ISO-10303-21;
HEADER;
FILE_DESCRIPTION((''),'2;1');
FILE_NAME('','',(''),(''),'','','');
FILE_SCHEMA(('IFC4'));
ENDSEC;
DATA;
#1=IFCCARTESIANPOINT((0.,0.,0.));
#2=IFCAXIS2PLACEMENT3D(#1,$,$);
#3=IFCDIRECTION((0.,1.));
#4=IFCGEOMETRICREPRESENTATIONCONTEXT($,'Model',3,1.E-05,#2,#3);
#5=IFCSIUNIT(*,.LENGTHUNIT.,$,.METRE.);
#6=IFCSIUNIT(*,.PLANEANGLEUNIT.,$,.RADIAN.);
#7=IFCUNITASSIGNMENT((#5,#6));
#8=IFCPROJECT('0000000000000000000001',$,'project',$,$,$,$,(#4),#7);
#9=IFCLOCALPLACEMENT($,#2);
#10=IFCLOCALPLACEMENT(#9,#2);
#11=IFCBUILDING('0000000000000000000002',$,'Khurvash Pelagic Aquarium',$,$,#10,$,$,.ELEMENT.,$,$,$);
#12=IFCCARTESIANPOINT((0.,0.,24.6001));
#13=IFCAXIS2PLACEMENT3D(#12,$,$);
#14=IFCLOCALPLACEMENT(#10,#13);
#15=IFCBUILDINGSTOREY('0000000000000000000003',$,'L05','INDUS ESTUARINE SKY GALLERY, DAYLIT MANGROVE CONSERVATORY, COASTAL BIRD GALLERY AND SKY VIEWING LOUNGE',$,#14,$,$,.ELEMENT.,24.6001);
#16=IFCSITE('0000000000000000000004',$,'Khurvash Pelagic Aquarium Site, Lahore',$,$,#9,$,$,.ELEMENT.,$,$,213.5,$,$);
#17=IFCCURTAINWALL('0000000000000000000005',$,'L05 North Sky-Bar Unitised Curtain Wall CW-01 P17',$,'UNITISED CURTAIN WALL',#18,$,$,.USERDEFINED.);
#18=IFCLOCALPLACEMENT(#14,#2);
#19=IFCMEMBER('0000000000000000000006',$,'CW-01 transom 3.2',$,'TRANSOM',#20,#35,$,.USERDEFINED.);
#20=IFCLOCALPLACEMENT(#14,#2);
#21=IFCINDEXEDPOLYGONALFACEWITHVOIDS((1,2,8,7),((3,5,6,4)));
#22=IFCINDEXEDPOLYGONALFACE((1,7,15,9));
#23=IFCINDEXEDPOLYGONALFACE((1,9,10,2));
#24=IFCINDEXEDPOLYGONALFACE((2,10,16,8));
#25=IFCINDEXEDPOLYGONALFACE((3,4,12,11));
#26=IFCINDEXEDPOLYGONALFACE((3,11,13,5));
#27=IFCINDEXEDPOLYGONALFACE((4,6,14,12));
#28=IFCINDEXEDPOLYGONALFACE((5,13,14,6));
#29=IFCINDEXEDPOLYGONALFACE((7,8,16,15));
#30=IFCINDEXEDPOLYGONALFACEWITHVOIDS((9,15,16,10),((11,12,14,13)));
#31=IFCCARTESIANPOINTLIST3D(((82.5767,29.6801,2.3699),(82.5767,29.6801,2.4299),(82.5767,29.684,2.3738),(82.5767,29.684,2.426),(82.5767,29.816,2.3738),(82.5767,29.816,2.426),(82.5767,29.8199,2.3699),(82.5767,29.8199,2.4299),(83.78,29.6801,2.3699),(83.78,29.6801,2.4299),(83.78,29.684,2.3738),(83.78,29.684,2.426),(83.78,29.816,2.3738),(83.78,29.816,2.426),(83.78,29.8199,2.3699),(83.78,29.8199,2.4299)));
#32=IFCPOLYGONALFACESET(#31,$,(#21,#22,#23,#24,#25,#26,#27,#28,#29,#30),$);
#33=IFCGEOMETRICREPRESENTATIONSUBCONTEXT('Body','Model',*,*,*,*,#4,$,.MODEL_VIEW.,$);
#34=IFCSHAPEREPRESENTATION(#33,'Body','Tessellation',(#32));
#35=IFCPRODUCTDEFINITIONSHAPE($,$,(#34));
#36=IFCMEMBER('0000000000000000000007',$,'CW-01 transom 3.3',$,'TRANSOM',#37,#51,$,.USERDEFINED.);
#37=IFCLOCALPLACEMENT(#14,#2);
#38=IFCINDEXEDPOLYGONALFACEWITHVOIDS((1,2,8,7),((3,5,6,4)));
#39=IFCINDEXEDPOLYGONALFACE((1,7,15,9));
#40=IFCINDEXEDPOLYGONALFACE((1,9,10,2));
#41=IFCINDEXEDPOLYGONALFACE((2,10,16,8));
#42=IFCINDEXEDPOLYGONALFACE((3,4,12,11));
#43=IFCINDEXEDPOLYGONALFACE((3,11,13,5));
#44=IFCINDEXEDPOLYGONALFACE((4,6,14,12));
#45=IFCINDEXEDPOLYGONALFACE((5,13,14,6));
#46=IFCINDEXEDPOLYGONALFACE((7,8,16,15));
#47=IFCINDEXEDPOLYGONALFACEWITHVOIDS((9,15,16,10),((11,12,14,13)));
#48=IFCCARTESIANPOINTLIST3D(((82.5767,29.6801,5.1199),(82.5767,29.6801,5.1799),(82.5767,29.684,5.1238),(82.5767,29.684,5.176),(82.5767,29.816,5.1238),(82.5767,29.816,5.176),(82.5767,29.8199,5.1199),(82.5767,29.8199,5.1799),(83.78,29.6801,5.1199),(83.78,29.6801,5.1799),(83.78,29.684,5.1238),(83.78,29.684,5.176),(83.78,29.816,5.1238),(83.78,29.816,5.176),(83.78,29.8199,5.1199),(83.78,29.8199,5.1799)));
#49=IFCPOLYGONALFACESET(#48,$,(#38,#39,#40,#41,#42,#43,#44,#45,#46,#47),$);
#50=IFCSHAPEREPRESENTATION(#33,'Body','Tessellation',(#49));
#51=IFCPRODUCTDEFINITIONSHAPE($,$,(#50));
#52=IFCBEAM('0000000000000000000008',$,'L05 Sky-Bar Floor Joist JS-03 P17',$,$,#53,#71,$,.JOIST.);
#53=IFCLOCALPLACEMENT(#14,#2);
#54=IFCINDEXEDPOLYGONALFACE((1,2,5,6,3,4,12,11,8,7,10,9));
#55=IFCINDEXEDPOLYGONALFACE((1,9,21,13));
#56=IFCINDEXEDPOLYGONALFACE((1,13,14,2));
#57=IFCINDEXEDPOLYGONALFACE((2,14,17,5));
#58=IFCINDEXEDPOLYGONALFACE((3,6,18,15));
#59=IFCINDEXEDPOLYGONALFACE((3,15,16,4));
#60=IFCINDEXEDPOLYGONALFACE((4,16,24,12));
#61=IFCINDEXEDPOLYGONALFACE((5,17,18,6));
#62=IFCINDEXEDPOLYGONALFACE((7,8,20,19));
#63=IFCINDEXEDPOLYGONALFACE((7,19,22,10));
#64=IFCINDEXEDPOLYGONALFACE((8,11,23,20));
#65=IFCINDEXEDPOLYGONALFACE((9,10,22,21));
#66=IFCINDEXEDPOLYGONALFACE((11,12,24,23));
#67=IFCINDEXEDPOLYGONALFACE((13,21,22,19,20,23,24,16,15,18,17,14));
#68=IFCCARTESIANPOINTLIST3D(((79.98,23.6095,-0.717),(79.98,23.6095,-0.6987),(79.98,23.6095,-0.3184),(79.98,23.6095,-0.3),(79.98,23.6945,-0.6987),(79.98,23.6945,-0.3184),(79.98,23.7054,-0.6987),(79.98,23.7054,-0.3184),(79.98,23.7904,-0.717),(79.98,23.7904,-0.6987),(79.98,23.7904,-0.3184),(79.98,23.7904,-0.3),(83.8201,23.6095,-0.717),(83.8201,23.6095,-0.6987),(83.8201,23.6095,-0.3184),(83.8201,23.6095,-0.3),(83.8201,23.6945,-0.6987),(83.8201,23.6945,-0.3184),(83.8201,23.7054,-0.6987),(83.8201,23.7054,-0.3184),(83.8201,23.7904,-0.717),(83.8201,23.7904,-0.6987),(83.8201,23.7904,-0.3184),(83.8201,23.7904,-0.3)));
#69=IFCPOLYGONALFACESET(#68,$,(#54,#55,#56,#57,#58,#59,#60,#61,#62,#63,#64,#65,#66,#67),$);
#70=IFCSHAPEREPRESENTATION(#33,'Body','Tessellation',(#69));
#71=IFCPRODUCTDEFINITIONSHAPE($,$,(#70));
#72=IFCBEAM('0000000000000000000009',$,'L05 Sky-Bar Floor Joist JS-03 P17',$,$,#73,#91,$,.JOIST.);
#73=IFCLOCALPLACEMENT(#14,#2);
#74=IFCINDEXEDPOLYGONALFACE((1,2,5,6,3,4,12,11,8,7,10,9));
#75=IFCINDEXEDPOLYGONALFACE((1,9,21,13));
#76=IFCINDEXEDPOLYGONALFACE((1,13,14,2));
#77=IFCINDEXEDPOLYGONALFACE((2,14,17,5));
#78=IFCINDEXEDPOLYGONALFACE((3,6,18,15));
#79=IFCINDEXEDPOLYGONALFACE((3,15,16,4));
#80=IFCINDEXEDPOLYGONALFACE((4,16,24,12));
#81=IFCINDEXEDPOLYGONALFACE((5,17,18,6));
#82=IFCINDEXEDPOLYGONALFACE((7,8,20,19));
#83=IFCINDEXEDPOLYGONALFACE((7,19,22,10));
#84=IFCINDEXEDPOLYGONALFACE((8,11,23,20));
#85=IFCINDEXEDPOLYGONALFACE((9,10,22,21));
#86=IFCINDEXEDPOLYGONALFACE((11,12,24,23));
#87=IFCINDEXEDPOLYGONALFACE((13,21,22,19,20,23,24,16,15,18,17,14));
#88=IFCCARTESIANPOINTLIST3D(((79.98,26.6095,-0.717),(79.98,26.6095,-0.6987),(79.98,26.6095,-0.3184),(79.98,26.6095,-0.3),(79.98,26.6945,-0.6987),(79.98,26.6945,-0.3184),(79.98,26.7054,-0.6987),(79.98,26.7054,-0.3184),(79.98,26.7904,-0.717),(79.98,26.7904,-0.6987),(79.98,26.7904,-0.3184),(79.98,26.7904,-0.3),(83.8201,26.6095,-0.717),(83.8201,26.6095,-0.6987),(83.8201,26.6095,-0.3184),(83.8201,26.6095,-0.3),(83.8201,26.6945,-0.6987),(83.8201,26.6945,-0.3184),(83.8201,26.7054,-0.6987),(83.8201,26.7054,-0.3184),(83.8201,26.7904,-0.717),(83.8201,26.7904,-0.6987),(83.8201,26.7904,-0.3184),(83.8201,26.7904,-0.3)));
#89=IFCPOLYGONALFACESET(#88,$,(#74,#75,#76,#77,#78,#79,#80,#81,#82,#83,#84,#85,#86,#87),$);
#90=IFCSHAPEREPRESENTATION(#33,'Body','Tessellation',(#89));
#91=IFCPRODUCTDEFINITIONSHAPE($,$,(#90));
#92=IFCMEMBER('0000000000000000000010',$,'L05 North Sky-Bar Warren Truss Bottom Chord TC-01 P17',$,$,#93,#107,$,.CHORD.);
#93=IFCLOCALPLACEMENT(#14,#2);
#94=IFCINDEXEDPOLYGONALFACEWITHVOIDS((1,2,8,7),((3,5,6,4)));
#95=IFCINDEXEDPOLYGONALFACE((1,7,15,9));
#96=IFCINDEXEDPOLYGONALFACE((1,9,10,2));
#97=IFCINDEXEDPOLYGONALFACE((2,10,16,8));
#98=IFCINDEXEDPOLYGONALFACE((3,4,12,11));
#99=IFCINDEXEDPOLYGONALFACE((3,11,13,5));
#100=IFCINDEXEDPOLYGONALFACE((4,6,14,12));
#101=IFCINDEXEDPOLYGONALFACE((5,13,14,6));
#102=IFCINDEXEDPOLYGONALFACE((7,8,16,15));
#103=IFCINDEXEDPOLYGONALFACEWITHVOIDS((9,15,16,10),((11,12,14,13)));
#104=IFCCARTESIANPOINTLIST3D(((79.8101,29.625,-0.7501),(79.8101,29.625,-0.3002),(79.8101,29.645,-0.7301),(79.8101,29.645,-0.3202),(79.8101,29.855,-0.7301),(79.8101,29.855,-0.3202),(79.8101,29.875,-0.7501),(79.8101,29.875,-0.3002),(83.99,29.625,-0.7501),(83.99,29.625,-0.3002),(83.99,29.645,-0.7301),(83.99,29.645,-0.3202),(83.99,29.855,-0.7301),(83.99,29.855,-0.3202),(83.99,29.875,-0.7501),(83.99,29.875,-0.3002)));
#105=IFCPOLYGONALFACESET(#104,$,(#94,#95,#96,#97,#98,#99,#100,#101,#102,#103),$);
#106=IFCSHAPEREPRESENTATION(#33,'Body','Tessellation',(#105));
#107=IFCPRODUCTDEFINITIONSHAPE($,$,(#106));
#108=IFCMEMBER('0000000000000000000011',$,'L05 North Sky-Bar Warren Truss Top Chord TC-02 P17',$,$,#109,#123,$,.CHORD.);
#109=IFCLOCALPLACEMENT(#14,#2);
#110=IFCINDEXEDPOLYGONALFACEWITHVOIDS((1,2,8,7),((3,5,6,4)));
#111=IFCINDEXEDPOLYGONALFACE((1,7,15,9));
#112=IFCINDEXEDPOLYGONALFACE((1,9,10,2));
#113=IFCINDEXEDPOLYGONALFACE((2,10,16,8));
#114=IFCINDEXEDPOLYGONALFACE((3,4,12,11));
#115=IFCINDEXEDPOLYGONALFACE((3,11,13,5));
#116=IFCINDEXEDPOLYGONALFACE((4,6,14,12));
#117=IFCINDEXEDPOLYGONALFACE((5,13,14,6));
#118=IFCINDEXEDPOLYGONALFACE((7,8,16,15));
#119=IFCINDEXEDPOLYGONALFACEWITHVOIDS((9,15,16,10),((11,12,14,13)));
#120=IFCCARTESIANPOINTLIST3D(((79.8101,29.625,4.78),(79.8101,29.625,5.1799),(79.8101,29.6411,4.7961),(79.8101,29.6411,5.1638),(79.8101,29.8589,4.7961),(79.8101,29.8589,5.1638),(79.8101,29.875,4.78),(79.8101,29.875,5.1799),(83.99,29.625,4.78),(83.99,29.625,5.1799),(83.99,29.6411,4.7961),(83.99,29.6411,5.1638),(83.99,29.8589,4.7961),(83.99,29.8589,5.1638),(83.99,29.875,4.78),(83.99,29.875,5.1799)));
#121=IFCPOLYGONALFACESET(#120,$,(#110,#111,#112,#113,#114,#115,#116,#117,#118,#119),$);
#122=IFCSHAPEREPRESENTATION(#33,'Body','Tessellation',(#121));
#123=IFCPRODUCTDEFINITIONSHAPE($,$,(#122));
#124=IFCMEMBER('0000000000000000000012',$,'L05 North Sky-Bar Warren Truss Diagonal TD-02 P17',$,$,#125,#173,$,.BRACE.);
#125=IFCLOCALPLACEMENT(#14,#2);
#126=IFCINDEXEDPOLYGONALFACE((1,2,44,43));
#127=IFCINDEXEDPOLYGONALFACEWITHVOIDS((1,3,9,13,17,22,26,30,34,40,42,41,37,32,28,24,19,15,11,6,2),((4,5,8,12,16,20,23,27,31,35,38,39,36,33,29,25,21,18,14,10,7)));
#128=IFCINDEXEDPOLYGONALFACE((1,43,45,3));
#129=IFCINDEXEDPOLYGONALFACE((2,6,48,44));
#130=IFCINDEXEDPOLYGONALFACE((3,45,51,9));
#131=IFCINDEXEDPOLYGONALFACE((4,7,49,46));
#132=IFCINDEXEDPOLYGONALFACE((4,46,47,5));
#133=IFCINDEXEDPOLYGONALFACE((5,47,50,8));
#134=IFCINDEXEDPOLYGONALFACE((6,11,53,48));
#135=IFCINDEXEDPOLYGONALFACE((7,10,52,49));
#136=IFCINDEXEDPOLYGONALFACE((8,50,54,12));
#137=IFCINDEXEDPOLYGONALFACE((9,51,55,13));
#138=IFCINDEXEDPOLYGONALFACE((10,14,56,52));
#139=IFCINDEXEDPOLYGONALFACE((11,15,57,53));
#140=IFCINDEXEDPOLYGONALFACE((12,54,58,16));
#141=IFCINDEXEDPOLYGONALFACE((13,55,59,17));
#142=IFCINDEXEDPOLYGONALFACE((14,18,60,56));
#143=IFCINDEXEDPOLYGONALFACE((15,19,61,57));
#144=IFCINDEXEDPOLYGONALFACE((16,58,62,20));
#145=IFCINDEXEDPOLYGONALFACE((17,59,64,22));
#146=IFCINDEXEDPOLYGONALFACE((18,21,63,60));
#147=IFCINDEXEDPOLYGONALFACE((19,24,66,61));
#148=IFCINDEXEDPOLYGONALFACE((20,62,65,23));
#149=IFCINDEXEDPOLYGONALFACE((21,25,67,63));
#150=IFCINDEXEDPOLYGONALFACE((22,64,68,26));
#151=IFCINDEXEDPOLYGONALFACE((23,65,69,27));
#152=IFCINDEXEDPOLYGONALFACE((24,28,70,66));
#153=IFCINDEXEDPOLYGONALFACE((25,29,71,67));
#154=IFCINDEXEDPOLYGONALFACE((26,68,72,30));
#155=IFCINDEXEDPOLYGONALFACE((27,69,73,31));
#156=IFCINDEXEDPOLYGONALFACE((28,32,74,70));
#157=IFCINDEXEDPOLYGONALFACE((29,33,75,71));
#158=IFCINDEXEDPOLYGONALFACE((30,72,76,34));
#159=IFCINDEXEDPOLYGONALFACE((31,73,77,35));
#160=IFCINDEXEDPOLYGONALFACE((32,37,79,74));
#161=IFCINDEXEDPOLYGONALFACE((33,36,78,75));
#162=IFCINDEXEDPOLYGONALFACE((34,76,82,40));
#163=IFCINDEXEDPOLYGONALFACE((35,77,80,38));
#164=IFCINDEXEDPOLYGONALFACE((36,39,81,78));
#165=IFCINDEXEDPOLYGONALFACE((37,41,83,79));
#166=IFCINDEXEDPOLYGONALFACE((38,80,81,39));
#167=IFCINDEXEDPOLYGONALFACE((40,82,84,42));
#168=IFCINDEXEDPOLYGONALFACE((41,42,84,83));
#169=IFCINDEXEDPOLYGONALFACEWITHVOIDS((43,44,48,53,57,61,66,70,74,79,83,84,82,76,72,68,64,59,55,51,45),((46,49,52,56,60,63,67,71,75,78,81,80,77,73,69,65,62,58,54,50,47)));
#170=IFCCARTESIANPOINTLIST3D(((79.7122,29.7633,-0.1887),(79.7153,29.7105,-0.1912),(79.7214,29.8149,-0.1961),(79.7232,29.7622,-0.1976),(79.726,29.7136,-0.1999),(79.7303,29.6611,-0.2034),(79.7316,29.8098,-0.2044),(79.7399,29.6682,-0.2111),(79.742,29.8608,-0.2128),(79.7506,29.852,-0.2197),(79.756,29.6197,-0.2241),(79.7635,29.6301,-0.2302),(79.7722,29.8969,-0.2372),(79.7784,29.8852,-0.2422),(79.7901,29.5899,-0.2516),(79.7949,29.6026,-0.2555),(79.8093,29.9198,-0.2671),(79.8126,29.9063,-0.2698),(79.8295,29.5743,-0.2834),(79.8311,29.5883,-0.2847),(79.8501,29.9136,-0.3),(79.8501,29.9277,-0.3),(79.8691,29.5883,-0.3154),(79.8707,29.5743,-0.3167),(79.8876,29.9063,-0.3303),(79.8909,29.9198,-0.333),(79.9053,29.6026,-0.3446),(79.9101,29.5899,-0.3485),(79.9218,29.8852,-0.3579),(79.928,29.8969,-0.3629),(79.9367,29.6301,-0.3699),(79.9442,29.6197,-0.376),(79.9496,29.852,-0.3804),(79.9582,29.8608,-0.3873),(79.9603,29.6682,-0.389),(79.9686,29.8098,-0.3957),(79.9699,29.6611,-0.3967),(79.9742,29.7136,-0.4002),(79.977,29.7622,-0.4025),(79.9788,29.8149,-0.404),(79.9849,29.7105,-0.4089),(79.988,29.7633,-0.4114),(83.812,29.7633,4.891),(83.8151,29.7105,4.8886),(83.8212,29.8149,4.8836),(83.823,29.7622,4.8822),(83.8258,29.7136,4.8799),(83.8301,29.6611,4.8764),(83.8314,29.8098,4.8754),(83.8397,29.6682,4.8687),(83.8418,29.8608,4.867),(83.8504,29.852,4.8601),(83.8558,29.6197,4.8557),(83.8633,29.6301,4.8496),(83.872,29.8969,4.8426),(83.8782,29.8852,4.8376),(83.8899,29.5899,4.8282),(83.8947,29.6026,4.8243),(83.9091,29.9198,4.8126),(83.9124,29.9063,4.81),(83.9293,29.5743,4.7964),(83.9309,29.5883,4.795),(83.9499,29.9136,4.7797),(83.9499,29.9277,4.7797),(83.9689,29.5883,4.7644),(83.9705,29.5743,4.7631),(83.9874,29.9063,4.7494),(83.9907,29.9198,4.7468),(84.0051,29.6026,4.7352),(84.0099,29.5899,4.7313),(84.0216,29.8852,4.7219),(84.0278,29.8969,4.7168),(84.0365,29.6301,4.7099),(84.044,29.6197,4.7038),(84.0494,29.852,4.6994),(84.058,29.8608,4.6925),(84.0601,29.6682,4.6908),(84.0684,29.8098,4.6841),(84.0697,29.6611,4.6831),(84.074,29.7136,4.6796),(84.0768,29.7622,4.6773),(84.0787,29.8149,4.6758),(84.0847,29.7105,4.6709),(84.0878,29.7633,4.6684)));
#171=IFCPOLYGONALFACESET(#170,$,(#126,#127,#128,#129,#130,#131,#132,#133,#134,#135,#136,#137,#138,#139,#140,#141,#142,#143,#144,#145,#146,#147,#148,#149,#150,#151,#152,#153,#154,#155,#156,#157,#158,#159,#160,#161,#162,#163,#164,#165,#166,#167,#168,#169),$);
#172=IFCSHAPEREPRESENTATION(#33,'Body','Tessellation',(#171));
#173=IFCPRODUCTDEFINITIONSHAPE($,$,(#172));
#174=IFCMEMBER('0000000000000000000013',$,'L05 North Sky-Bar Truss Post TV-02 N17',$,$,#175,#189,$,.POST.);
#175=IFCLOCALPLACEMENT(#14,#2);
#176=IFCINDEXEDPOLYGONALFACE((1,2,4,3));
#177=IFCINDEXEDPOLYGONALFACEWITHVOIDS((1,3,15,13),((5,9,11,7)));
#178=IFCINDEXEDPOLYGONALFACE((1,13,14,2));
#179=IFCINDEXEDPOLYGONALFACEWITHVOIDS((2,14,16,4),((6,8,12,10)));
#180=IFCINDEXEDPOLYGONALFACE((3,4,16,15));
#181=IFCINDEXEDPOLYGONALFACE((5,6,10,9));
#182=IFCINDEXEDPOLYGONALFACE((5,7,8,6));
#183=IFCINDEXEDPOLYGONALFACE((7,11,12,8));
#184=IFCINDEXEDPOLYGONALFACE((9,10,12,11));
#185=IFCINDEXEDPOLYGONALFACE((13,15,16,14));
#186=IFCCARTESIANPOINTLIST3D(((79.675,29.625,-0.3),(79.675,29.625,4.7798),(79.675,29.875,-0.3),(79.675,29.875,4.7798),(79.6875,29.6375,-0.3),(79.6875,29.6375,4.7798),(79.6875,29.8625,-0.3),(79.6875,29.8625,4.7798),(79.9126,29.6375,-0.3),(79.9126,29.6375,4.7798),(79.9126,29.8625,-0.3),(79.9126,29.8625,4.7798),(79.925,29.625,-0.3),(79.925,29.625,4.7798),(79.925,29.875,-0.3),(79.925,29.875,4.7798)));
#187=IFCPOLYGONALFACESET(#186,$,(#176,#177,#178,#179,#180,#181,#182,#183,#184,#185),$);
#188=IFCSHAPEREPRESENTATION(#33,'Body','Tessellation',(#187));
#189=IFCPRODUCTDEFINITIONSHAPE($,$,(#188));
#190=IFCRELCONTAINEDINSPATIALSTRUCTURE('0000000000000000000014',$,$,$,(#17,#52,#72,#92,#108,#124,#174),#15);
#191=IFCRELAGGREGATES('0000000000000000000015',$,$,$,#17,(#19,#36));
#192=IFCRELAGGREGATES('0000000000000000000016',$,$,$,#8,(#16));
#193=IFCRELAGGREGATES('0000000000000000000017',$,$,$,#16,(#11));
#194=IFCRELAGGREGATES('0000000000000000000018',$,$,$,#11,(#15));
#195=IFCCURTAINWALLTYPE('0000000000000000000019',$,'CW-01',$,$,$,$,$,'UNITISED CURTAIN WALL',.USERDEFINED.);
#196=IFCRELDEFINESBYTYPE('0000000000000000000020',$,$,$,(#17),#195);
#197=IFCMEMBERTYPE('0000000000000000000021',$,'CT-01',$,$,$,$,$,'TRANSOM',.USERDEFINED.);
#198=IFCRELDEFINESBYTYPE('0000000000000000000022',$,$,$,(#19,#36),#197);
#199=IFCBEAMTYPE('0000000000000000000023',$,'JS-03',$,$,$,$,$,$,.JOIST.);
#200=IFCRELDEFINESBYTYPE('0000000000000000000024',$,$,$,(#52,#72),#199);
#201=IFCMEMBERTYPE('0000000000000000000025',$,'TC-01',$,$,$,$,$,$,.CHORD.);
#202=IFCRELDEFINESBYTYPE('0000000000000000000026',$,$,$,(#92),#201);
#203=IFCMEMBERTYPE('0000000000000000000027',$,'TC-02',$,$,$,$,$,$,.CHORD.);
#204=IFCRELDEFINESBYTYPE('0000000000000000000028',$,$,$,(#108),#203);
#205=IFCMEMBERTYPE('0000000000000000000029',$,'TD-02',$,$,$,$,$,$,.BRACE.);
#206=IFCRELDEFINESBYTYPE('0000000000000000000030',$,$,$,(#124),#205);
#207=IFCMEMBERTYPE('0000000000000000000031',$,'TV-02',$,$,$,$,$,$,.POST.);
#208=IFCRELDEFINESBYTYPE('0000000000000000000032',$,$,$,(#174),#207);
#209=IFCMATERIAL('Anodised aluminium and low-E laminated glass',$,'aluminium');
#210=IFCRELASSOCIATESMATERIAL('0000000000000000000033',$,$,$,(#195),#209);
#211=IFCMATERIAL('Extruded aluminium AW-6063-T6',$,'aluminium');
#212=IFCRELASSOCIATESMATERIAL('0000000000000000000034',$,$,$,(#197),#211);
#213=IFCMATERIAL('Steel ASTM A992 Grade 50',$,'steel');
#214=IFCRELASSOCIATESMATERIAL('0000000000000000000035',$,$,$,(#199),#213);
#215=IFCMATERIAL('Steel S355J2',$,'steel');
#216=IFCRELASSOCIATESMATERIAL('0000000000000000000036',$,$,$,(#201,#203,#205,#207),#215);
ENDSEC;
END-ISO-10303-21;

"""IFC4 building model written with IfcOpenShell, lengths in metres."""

from ifc_helpers import new_model, si_unit, direction, frame, origin, origin_2d, place, context, subcontext, project, spatial, hollow_rectangle, hollow_circle, i_section, extrude, material, material_profile, profile_set, type_object, element, aggregate, save


model = new_model("IFC4")

# Units and contexts
model_context = context("Model", 3, precision=1e-05, world=origin(), true_north=direction((0.0, 1.0)))
body_context = subcontext(model_context, "Body", "Model", "MODEL_VIEW")
ifc_project = project(units=[si_unit("LENGTHUNIT", "METRE"), si_unit("PLANEANGLEUNIT", "RADIAN")], contexts=[model_context])

# Site, building, storey
site_placement = place(None, origin())
site = spatial("IfcSite", under=ifc_project, at=site_placement, Name="Khurvash Pelagic Aquarium Site, Lahore", CompositionType="ELEMENT", RefElevation=213.5)
building_placement = place(site_placement, origin())
building = spatial("IfcBuilding", under=site, at=building_placement, Name="Khurvash Pelagic Aquarium", CompositionType="ELEMENT")
storey_placement = place(building_placement, frame((0.0, 0.0, 24.6001)))
storey = spatial("IfcBuildingStorey", under=building, at=storey_placement, Name="L05", Description="INDUS ESTUARINE SKY GALLERY, DAYLIT MANGROVE CONSERVATORY, COASTAL BIRD GALLERY AND SKY VIEWING LOUNGE", CompositionType="ELEMENT", Elevation=24.6001)

# Shared definitions
ifc_material_1 = material(Name="Anodised aluminium and low-E laminated glass", Category="aluminium")
curtain_wall_type = type_object("IfcCurtainWallType", Name="CW-01", ElementType="UNITISED CURTAIN WALL", PredefinedType="USERDEFINED", material=ifc_material_1)
ifc_material_2 = material(Name="Extruded aluminium AW-6063-T6", Category="aluminium")

# Curtain wall, members
curtain_wall_1_placement = place(storey_placement, origin())
curtain_wall_1 = element("IfcCurtainWall", 1, at=curtain_wall_1_placement, inside=storey, type_object=curtain_wall_type, Name="L05 North Sky-Bar Unitised Curtain Wall CW-01 P17", ObjectType="UNITISED CURTAIN WALL", PredefinedType="USERDEFINED")
ifc_material_profile_1 = material_profile(ifc_material_2, hollow_rectangle(XDim=0.1399, YDim=0.0601, WallThickness=0.0039, at=origin_2d()), Name="CWT140X60X4")
ifc_profile_set_1 = profile_set([ifc_material_profile_1], Name="Extruded aluminium AW-6063-T6")
member_type_1 = type_object("IfcMemberType", Name="CT-01", ElementType="TRANSOM", PredefinedType="USERDEFINED", material=ifc_profile_set_1)
member_1_placement = place(storey_placement, frame((82.5767, 29.75, 2.3999), z_axis=(1.0, 0.0, 0.0), x_axis=(0.0, 1.0, 0.0)))
member_1 = element("IfcMember", 2, at=member_1_placement, type_object=member_type_1, Name="CW-01 transom 3.2", ObjectType="TRANSOM", PredefinedType="USERDEFINED", context=body_context, shape_type="SweptSolid", body=[
    extrude(hollow_rectangle(XDim=0.1399, YDim=0.0601, WallThickness=0.0039, at=origin_2d()), origin(), (0.0, 0.0, 1.0), 1.2034),
])
member_2_placement = place(storey_placement, frame((82.5767, 29.75, 5.1499), z_axis=(1.0, 0.0, 0.0), x_axis=(0.0, 1.0, 0.0)))
member_2 = element("IfcMember", 3, at=member_2_placement, type_object=member_type_1, Name="CW-01 transom 3.3", ObjectType="TRANSOM", PredefinedType="USERDEFINED", context=body_context, shape_type="SweptSolid", body=[
    extrude(hollow_rectangle(XDim=0.1399, YDim=0.0601, WallThickness=0.0039, at=origin_2d()), origin(), (0.0, 0.0, 1.0), 1.2034),
])

# Beams
ifc_material_3 = material(Name="Steel ASTM A992 Grade 50", Category="steel")
ifc_material_profile_2 = material_profile(ifc_material_3, i_section(OverallWidth=0.1809, OverallDepth=0.417, WebThickness=0.011, FlangeThickness=0.0183, at=origin_2d()), Name="W16X57")
ifc_profile_set_2 = profile_set([ifc_material_profile_2], Name="Steel ASTM A992 Grade 50")
beam_type = type_object("IfcBeamType", Name="JS-03", PredefinedType="JOIST", material=ifc_profile_set_2)
for number, where, z_axis, x_axis, name in (
    (4, (79.98, 23.7, -0.5085), (1.0, 0.0, 0.0), (0.0, 1.0, 0.0), "L05 Sky-Bar Floor Joist JS-03 P17"),
    (5, (79.98, 26.7, -0.5085), (1.0, 0.0, 0.0), (0.0, 1.0, 0.0), "L05 Sky-Bar Floor Joist JS-03 P17"),
):
    element("IfcBeam", number, at=place(storey_placement, frame(where, z_axis=z_axis, x_axis=x_axis)), inside=storey, type_object=beam_type, Name=name, PredefinedType="JOIST", context=body_context, shape_type="SweptSolid", body=[
        extrude(i_section(OverallWidth=0.1809, OverallDepth=0.417, WebThickness=0.011, FlangeThickness=0.0183, at=origin_2d()), origin(), (0.0, 0.0, 1.0), 3.8401),
    ])

# Members
ifc_material_4 = material(Name="Steel S355J2", Category="steel")
ifc_material_profile_3 = material_profile(ifc_material_4, hollow_rectangle(XDim=0.25, YDim=0.45, WallThickness=0.02, at=origin_2d()), Name="RHS450X250X20")
ifc_profile_set_3 = profile_set([ifc_material_profile_3], Name="Steel S355J2")
member_type_2 = type_object("IfcMemberType", Name="TC-01", PredefinedType="CHORD", material=ifc_profile_set_3)
member_3_placement = place(storey_placement, frame((79.8101, 29.75, -0.5251), z_axis=(1.0, 0.0, 0.0), x_axis=(0.0, 1.0, 0.0)))
element("IfcMember", 6, at=member_3_placement, inside=storey, type_object=member_type_2, Name="L05 North Sky-Bar Warren Truss Bottom Chord TC-01 P17", PredefinedType="CHORD", context=body_context, shape_type="SweptSolid", body=[
    extrude(hollow_rectangle(XDim=0.25, YDim=0.45, WallThickness=0.02, at=origin_2d()), origin(), (0.0, 0.0, 1.0), 4.1799),
])
ifc_material_profile_4 = material_profile(ifc_material_4, hollow_rectangle(XDim=0.25, YDim=0.3999, WallThickness=0.0161, at=origin_2d()), Name="RHS400X250X16")
ifc_profile_set_4 = profile_set([ifc_material_profile_4], Name="Steel S355J2")
member_type_3 = type_object("IfcMemberType", Name="TC-02", PredefinedType="CHORD", material=ifc_profile_set_4)
member_4_placement = place(storey_placement, frame((79.8101, 29.75, 4.98), z_axis=(1.0, 0.0, 0.0), x_axis=(0.0, 1.0, 0.0)))
element("IfcMember", 7, at=member_4_placement, inside=storey, type_object=member_type_3, Name="L05 North Sky-Bar Warren Truss Top Chord TC-02 P17", PredefinedType="CHORD", context=body_context, shape_type="SweptSolid", body=[
    extrude(hollow_rectangle(XDim=0.25, YDim=0.3999, WallThickness=0.0161, at=origin_2d()), origin(), (0.0, 0.0, 1.0), 4.1799),
])
ifc_material_profile_5 = material_profile(ifc_material_4, hollow_circle(Radius=0.1777, WallThickness=0.0142, at=origin_2d()), Name="CHS355X14")
ifc_profile_set_5 = profile_set([ifc_material_profile_5], Name="Steel S355J2")
member_type_4 = type_object("IfcMemberType", Name="TD-02", PredefinedType="BRACE", material=ifc_profile_set_5)
member_5_placement = place(storey_placement, frame((79.8501, 29.75, -0.3), z_axis=(0.628051, 0.0, 0.778172), x_axis=(0.0, 1.0, 0.0)))
element("IfcMember", 8, at=member_5_placement, inside=storey, type_object=member_type_4, Name="L05 North Sky-Bar Warren Truss Diagonal TD-02 P17", PredefinedType="BRACE", context=body_context, shape_type="SweptSolid", body=[
    extrude(hollow_circle(Radius=0.1777, WallThickness=0.0142, at=origin_2d()), origin(), (0.0, 0.0, 1.0), 6.5278),
])
ifc_material_profile_6 = material_profile(ifc_material_4, hollow_rectangle(XDim=0.25, YDim=0.25, WallThickness=0.0125, at=origin_2d()), Name="SHS250X250X12")
ifc_profile_set_6 = profile_set([ifc_material_profile_6], Name="Steel S355J2")
member_type_5 = type_object("IfcMemberType", Name="TV-02", PredefinedType="POST", material=ifc_profile_set_6)
member_6_placement = place(storey_placement, frame((79.8, 29.75, -0.3), z_axis=(0.0, 0.0, 1.0), x_axis=(1.0, 0.0, 0.0)))
element("IfcMember", 9, at=member_6_placement, inside=storey, type_object=member_type_5, Name="L05 North Sky-Bar Truss Post TV-02 N17", PredefinedType="POST", context=body_context, shape_type="SweptSolid", body=[
    extrude(hollow_rectangle(XDim=0.25, YDim=0.25, WallThickness=0.0125, at=origin_2d()), origin(), (0.0, 0.0, 1.0), 5.0798),
])

aggregate(curtain_wall_1, [member_1, member_2])

save(model, "model.ifc")
